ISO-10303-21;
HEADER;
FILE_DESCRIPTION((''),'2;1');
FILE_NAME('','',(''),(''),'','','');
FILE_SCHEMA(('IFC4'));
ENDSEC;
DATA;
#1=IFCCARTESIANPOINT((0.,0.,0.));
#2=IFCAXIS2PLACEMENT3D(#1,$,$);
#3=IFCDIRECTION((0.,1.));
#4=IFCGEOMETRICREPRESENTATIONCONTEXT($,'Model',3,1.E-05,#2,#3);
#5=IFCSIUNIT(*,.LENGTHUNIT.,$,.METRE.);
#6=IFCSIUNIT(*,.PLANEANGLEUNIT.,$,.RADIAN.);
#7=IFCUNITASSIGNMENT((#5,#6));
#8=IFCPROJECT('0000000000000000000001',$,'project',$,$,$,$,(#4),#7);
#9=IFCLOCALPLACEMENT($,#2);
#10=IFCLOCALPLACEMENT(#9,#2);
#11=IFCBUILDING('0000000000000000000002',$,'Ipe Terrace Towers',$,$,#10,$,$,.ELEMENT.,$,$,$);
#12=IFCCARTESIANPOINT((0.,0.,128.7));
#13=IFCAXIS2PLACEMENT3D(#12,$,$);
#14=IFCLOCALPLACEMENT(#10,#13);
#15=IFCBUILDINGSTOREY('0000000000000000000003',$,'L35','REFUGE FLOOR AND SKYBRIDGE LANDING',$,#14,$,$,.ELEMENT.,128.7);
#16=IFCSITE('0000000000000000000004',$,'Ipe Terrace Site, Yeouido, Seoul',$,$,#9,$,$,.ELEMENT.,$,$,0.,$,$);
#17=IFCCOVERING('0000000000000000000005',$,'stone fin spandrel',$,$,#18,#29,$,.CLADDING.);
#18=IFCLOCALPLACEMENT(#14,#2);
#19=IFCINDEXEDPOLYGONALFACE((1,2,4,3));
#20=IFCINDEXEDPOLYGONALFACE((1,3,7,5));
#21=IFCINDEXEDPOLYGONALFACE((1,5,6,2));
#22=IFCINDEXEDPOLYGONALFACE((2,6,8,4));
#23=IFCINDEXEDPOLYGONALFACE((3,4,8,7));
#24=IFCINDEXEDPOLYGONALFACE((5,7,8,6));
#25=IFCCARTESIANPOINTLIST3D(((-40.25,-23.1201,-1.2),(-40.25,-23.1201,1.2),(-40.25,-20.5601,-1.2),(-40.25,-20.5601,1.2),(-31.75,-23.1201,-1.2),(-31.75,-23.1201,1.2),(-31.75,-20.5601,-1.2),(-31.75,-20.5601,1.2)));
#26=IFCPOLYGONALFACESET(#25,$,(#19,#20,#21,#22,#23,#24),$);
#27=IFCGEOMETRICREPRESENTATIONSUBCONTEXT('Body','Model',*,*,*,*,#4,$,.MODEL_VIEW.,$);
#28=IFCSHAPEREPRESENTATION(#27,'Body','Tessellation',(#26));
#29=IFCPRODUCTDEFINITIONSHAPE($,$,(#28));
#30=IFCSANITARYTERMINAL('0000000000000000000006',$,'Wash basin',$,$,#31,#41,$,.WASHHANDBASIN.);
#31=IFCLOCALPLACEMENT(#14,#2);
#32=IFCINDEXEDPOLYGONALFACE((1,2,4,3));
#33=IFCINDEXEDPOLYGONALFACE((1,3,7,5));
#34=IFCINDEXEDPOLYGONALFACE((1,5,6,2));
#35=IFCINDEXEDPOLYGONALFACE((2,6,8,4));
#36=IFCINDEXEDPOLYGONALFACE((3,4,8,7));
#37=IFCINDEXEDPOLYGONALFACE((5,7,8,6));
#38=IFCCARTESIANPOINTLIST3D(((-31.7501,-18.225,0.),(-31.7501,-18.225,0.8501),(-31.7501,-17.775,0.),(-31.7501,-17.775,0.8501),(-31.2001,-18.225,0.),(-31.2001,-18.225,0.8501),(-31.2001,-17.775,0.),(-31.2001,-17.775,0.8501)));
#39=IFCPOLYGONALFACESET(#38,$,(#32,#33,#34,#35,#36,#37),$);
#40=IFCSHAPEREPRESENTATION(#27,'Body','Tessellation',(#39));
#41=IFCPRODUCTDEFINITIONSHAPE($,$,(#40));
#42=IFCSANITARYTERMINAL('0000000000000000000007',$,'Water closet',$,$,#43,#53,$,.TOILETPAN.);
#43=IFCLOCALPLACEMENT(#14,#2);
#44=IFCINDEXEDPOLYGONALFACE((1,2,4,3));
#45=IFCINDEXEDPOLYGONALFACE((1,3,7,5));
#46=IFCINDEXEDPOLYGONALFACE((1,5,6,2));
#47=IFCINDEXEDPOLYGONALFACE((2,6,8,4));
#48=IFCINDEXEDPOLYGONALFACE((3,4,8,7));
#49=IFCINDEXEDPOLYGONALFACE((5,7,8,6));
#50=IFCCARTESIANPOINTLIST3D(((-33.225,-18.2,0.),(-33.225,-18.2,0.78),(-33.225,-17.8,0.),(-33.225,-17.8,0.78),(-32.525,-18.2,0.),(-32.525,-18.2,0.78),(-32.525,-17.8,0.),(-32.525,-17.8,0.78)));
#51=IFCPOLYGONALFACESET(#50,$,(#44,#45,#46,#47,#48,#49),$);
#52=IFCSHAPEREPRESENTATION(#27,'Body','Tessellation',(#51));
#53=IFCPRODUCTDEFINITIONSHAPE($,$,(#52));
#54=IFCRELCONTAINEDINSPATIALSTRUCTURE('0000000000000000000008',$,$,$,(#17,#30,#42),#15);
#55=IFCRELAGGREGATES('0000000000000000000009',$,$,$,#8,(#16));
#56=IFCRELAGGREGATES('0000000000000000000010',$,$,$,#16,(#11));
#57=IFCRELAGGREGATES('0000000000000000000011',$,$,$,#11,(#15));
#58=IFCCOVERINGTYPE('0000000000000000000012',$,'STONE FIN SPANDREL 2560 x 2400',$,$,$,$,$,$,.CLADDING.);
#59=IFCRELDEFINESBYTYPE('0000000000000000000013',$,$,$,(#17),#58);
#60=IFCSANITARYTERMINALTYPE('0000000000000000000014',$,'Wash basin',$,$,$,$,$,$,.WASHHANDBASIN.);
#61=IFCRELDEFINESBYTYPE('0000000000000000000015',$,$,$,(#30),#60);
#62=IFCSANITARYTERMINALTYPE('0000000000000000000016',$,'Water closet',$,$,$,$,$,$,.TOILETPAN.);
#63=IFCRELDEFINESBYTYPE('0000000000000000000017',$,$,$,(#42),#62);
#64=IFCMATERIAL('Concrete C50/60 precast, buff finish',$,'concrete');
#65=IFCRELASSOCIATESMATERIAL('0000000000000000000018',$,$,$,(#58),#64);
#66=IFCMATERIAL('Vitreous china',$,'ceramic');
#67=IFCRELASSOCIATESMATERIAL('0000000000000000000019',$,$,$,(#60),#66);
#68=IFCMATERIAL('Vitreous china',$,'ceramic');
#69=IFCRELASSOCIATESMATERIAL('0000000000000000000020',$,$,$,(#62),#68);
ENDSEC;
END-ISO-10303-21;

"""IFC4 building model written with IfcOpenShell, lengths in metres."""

from ifc_helpers import new_model, si_unit, direction, frame, origin, origin_2d, place, context, subcontext, project, spatial, rectangle, extrude, material, material_profile, profile_set, type_object, element, save


model = new_model("IFC4")

# Units and contexts
model_context = context("Model", 3, precision=1e-05, world=origin(), true_north=direction((0.0, 1.0)))
body_context = subcontext(model_context, "Body", "Model", "MODEL_VIEW")
ifc_project = project(units=[si_unit("LENGTHUNIT", "METRE"), si_unit("PLANEANGLEUNIT", "RADIAN")], contexts=[model_context])

# Site, building, storey
site_placement = place(None, origin())
site = spatial("IfcSite", under=ifc_project, at=site_placement, Name="Ipe Terrace Site, Yeouido, Seoul", CompositionType="ELEMENT", RefElevation=0.0)
building_placement = place(site_placement, origin())
building = spatial("IfcBuilding", under=site, at=building_placement, Name="Ipe Terrace Towers", CompositionType="ELEMENT")
storey_placement = place(building_placement, frame((0.0, 0.0, 128.7)))
storey = spatial("IfcBuildingStorey", under=building, at=storey_placement, Name="L35", Description="REFUGE FLOOR AND SKYBRIDGE LANDING", CompositionType="ELEMENT", Elevation=128.7)

# Covering
ifc_material_1 = material(Name="Concrete C50/60 precast, buff finish", Category="concrete")
ifc_material_profile_1 = material_profile(ifc_material_1, rectangle(XDim=2.5601, YDim=2.3999, at=origin_2d()), Name="STONE FIN SPANDREL 2560 x 2400")
ifc_profile_set_1 = profile_set([ifc_material_profile_1], Name="Concrete C50/60 precast, buff finish")
covering_type_1 = type_object("IfcCoveringType", Name="STONE FIN SPANDREL 2560 x 2400", PredefinedType="CLADDING", material=ifc_profile_set_1)
covering_placement = place(storey_placement, frame((-40.25, -21.8401, 0.0), z_axis=(1.0, 0.0, 0.0), x_axis=(0.0, -1.0, 0.0)))
element("IfcCovering", 1, at=covering_placement, inside=storey, type_object=covering_type_1, Name="stone fin spandrel", PredefinedType="CLADDING", context=body_context, shape_type="SweptSolid", body=[
    extrude(rectangle(XDim=2.5601, YDim=2.3999, at=origin_2d()), origin(), (0.0, 0.0, 1.0), 8.5),
])

# Sanitary terminals
ifc_material_2 = material(Name="Vitreous china", Category="ceramic")
sanitary_terminal_type_1 = type_object("IfcSanitaryTerminalType", Name="Wash basin", PredefinedType="WASHHANDBASIN", material=ifc_material_2)
sanitary_terminal_1_placement = place(storey_placement, frame((-31.4751, -18.0, 0.0), z_axis=(0.0, 0.0, 1.0), x_axis=(1.0, 0.0, 0.0)))
element("IfcSanitaryTerminal", 2, at=sanitary_terminal_1_placement, inside=storey, type_object=sanitary_terminal_type_1, Name="Wash basin", PredefinedType="WASHHANDBASIN", context=body_context, shape_type="SweptSolid", body=[
    extrude(rectangle(XDim=0.55, YDim=0.45, at=origin_2d()), origin(), (0.0, 0.0, 1.0), 0.8501),
])
ifc_material_3 = material(Name="Vitreous china", Category="ceramic")
sanitary_terminal_type_2 = type_object("IfcSanitaryTerminalType", Name="Water closet", PredefinedType="TOILETPAN", material=ifc_material_3)
sanitary_terminal_2_placement = place(storey_placement, frame((-32.875, -18.0, 0.0), z_axis=(0.0, 0.0, 1.0), x_axis=(1.0, 0.0, 0.0)))
element("IfcSanitaryTerminal", 3, at=sanitary_terminal_2_placement, inside=storey, type_object=sanitary_terminal_type_2, Name="Water closet", PredefinedType="TOILETPAN", context=body_context, shape_type="SweptSolid", body=[
    extrude(rectangle(XDim=0.7, YDim=0.3999, at=origin_2d()), origin(), (0.0, 0.0, 1.0), 0.78),
])

save(model, "model.ifc")
